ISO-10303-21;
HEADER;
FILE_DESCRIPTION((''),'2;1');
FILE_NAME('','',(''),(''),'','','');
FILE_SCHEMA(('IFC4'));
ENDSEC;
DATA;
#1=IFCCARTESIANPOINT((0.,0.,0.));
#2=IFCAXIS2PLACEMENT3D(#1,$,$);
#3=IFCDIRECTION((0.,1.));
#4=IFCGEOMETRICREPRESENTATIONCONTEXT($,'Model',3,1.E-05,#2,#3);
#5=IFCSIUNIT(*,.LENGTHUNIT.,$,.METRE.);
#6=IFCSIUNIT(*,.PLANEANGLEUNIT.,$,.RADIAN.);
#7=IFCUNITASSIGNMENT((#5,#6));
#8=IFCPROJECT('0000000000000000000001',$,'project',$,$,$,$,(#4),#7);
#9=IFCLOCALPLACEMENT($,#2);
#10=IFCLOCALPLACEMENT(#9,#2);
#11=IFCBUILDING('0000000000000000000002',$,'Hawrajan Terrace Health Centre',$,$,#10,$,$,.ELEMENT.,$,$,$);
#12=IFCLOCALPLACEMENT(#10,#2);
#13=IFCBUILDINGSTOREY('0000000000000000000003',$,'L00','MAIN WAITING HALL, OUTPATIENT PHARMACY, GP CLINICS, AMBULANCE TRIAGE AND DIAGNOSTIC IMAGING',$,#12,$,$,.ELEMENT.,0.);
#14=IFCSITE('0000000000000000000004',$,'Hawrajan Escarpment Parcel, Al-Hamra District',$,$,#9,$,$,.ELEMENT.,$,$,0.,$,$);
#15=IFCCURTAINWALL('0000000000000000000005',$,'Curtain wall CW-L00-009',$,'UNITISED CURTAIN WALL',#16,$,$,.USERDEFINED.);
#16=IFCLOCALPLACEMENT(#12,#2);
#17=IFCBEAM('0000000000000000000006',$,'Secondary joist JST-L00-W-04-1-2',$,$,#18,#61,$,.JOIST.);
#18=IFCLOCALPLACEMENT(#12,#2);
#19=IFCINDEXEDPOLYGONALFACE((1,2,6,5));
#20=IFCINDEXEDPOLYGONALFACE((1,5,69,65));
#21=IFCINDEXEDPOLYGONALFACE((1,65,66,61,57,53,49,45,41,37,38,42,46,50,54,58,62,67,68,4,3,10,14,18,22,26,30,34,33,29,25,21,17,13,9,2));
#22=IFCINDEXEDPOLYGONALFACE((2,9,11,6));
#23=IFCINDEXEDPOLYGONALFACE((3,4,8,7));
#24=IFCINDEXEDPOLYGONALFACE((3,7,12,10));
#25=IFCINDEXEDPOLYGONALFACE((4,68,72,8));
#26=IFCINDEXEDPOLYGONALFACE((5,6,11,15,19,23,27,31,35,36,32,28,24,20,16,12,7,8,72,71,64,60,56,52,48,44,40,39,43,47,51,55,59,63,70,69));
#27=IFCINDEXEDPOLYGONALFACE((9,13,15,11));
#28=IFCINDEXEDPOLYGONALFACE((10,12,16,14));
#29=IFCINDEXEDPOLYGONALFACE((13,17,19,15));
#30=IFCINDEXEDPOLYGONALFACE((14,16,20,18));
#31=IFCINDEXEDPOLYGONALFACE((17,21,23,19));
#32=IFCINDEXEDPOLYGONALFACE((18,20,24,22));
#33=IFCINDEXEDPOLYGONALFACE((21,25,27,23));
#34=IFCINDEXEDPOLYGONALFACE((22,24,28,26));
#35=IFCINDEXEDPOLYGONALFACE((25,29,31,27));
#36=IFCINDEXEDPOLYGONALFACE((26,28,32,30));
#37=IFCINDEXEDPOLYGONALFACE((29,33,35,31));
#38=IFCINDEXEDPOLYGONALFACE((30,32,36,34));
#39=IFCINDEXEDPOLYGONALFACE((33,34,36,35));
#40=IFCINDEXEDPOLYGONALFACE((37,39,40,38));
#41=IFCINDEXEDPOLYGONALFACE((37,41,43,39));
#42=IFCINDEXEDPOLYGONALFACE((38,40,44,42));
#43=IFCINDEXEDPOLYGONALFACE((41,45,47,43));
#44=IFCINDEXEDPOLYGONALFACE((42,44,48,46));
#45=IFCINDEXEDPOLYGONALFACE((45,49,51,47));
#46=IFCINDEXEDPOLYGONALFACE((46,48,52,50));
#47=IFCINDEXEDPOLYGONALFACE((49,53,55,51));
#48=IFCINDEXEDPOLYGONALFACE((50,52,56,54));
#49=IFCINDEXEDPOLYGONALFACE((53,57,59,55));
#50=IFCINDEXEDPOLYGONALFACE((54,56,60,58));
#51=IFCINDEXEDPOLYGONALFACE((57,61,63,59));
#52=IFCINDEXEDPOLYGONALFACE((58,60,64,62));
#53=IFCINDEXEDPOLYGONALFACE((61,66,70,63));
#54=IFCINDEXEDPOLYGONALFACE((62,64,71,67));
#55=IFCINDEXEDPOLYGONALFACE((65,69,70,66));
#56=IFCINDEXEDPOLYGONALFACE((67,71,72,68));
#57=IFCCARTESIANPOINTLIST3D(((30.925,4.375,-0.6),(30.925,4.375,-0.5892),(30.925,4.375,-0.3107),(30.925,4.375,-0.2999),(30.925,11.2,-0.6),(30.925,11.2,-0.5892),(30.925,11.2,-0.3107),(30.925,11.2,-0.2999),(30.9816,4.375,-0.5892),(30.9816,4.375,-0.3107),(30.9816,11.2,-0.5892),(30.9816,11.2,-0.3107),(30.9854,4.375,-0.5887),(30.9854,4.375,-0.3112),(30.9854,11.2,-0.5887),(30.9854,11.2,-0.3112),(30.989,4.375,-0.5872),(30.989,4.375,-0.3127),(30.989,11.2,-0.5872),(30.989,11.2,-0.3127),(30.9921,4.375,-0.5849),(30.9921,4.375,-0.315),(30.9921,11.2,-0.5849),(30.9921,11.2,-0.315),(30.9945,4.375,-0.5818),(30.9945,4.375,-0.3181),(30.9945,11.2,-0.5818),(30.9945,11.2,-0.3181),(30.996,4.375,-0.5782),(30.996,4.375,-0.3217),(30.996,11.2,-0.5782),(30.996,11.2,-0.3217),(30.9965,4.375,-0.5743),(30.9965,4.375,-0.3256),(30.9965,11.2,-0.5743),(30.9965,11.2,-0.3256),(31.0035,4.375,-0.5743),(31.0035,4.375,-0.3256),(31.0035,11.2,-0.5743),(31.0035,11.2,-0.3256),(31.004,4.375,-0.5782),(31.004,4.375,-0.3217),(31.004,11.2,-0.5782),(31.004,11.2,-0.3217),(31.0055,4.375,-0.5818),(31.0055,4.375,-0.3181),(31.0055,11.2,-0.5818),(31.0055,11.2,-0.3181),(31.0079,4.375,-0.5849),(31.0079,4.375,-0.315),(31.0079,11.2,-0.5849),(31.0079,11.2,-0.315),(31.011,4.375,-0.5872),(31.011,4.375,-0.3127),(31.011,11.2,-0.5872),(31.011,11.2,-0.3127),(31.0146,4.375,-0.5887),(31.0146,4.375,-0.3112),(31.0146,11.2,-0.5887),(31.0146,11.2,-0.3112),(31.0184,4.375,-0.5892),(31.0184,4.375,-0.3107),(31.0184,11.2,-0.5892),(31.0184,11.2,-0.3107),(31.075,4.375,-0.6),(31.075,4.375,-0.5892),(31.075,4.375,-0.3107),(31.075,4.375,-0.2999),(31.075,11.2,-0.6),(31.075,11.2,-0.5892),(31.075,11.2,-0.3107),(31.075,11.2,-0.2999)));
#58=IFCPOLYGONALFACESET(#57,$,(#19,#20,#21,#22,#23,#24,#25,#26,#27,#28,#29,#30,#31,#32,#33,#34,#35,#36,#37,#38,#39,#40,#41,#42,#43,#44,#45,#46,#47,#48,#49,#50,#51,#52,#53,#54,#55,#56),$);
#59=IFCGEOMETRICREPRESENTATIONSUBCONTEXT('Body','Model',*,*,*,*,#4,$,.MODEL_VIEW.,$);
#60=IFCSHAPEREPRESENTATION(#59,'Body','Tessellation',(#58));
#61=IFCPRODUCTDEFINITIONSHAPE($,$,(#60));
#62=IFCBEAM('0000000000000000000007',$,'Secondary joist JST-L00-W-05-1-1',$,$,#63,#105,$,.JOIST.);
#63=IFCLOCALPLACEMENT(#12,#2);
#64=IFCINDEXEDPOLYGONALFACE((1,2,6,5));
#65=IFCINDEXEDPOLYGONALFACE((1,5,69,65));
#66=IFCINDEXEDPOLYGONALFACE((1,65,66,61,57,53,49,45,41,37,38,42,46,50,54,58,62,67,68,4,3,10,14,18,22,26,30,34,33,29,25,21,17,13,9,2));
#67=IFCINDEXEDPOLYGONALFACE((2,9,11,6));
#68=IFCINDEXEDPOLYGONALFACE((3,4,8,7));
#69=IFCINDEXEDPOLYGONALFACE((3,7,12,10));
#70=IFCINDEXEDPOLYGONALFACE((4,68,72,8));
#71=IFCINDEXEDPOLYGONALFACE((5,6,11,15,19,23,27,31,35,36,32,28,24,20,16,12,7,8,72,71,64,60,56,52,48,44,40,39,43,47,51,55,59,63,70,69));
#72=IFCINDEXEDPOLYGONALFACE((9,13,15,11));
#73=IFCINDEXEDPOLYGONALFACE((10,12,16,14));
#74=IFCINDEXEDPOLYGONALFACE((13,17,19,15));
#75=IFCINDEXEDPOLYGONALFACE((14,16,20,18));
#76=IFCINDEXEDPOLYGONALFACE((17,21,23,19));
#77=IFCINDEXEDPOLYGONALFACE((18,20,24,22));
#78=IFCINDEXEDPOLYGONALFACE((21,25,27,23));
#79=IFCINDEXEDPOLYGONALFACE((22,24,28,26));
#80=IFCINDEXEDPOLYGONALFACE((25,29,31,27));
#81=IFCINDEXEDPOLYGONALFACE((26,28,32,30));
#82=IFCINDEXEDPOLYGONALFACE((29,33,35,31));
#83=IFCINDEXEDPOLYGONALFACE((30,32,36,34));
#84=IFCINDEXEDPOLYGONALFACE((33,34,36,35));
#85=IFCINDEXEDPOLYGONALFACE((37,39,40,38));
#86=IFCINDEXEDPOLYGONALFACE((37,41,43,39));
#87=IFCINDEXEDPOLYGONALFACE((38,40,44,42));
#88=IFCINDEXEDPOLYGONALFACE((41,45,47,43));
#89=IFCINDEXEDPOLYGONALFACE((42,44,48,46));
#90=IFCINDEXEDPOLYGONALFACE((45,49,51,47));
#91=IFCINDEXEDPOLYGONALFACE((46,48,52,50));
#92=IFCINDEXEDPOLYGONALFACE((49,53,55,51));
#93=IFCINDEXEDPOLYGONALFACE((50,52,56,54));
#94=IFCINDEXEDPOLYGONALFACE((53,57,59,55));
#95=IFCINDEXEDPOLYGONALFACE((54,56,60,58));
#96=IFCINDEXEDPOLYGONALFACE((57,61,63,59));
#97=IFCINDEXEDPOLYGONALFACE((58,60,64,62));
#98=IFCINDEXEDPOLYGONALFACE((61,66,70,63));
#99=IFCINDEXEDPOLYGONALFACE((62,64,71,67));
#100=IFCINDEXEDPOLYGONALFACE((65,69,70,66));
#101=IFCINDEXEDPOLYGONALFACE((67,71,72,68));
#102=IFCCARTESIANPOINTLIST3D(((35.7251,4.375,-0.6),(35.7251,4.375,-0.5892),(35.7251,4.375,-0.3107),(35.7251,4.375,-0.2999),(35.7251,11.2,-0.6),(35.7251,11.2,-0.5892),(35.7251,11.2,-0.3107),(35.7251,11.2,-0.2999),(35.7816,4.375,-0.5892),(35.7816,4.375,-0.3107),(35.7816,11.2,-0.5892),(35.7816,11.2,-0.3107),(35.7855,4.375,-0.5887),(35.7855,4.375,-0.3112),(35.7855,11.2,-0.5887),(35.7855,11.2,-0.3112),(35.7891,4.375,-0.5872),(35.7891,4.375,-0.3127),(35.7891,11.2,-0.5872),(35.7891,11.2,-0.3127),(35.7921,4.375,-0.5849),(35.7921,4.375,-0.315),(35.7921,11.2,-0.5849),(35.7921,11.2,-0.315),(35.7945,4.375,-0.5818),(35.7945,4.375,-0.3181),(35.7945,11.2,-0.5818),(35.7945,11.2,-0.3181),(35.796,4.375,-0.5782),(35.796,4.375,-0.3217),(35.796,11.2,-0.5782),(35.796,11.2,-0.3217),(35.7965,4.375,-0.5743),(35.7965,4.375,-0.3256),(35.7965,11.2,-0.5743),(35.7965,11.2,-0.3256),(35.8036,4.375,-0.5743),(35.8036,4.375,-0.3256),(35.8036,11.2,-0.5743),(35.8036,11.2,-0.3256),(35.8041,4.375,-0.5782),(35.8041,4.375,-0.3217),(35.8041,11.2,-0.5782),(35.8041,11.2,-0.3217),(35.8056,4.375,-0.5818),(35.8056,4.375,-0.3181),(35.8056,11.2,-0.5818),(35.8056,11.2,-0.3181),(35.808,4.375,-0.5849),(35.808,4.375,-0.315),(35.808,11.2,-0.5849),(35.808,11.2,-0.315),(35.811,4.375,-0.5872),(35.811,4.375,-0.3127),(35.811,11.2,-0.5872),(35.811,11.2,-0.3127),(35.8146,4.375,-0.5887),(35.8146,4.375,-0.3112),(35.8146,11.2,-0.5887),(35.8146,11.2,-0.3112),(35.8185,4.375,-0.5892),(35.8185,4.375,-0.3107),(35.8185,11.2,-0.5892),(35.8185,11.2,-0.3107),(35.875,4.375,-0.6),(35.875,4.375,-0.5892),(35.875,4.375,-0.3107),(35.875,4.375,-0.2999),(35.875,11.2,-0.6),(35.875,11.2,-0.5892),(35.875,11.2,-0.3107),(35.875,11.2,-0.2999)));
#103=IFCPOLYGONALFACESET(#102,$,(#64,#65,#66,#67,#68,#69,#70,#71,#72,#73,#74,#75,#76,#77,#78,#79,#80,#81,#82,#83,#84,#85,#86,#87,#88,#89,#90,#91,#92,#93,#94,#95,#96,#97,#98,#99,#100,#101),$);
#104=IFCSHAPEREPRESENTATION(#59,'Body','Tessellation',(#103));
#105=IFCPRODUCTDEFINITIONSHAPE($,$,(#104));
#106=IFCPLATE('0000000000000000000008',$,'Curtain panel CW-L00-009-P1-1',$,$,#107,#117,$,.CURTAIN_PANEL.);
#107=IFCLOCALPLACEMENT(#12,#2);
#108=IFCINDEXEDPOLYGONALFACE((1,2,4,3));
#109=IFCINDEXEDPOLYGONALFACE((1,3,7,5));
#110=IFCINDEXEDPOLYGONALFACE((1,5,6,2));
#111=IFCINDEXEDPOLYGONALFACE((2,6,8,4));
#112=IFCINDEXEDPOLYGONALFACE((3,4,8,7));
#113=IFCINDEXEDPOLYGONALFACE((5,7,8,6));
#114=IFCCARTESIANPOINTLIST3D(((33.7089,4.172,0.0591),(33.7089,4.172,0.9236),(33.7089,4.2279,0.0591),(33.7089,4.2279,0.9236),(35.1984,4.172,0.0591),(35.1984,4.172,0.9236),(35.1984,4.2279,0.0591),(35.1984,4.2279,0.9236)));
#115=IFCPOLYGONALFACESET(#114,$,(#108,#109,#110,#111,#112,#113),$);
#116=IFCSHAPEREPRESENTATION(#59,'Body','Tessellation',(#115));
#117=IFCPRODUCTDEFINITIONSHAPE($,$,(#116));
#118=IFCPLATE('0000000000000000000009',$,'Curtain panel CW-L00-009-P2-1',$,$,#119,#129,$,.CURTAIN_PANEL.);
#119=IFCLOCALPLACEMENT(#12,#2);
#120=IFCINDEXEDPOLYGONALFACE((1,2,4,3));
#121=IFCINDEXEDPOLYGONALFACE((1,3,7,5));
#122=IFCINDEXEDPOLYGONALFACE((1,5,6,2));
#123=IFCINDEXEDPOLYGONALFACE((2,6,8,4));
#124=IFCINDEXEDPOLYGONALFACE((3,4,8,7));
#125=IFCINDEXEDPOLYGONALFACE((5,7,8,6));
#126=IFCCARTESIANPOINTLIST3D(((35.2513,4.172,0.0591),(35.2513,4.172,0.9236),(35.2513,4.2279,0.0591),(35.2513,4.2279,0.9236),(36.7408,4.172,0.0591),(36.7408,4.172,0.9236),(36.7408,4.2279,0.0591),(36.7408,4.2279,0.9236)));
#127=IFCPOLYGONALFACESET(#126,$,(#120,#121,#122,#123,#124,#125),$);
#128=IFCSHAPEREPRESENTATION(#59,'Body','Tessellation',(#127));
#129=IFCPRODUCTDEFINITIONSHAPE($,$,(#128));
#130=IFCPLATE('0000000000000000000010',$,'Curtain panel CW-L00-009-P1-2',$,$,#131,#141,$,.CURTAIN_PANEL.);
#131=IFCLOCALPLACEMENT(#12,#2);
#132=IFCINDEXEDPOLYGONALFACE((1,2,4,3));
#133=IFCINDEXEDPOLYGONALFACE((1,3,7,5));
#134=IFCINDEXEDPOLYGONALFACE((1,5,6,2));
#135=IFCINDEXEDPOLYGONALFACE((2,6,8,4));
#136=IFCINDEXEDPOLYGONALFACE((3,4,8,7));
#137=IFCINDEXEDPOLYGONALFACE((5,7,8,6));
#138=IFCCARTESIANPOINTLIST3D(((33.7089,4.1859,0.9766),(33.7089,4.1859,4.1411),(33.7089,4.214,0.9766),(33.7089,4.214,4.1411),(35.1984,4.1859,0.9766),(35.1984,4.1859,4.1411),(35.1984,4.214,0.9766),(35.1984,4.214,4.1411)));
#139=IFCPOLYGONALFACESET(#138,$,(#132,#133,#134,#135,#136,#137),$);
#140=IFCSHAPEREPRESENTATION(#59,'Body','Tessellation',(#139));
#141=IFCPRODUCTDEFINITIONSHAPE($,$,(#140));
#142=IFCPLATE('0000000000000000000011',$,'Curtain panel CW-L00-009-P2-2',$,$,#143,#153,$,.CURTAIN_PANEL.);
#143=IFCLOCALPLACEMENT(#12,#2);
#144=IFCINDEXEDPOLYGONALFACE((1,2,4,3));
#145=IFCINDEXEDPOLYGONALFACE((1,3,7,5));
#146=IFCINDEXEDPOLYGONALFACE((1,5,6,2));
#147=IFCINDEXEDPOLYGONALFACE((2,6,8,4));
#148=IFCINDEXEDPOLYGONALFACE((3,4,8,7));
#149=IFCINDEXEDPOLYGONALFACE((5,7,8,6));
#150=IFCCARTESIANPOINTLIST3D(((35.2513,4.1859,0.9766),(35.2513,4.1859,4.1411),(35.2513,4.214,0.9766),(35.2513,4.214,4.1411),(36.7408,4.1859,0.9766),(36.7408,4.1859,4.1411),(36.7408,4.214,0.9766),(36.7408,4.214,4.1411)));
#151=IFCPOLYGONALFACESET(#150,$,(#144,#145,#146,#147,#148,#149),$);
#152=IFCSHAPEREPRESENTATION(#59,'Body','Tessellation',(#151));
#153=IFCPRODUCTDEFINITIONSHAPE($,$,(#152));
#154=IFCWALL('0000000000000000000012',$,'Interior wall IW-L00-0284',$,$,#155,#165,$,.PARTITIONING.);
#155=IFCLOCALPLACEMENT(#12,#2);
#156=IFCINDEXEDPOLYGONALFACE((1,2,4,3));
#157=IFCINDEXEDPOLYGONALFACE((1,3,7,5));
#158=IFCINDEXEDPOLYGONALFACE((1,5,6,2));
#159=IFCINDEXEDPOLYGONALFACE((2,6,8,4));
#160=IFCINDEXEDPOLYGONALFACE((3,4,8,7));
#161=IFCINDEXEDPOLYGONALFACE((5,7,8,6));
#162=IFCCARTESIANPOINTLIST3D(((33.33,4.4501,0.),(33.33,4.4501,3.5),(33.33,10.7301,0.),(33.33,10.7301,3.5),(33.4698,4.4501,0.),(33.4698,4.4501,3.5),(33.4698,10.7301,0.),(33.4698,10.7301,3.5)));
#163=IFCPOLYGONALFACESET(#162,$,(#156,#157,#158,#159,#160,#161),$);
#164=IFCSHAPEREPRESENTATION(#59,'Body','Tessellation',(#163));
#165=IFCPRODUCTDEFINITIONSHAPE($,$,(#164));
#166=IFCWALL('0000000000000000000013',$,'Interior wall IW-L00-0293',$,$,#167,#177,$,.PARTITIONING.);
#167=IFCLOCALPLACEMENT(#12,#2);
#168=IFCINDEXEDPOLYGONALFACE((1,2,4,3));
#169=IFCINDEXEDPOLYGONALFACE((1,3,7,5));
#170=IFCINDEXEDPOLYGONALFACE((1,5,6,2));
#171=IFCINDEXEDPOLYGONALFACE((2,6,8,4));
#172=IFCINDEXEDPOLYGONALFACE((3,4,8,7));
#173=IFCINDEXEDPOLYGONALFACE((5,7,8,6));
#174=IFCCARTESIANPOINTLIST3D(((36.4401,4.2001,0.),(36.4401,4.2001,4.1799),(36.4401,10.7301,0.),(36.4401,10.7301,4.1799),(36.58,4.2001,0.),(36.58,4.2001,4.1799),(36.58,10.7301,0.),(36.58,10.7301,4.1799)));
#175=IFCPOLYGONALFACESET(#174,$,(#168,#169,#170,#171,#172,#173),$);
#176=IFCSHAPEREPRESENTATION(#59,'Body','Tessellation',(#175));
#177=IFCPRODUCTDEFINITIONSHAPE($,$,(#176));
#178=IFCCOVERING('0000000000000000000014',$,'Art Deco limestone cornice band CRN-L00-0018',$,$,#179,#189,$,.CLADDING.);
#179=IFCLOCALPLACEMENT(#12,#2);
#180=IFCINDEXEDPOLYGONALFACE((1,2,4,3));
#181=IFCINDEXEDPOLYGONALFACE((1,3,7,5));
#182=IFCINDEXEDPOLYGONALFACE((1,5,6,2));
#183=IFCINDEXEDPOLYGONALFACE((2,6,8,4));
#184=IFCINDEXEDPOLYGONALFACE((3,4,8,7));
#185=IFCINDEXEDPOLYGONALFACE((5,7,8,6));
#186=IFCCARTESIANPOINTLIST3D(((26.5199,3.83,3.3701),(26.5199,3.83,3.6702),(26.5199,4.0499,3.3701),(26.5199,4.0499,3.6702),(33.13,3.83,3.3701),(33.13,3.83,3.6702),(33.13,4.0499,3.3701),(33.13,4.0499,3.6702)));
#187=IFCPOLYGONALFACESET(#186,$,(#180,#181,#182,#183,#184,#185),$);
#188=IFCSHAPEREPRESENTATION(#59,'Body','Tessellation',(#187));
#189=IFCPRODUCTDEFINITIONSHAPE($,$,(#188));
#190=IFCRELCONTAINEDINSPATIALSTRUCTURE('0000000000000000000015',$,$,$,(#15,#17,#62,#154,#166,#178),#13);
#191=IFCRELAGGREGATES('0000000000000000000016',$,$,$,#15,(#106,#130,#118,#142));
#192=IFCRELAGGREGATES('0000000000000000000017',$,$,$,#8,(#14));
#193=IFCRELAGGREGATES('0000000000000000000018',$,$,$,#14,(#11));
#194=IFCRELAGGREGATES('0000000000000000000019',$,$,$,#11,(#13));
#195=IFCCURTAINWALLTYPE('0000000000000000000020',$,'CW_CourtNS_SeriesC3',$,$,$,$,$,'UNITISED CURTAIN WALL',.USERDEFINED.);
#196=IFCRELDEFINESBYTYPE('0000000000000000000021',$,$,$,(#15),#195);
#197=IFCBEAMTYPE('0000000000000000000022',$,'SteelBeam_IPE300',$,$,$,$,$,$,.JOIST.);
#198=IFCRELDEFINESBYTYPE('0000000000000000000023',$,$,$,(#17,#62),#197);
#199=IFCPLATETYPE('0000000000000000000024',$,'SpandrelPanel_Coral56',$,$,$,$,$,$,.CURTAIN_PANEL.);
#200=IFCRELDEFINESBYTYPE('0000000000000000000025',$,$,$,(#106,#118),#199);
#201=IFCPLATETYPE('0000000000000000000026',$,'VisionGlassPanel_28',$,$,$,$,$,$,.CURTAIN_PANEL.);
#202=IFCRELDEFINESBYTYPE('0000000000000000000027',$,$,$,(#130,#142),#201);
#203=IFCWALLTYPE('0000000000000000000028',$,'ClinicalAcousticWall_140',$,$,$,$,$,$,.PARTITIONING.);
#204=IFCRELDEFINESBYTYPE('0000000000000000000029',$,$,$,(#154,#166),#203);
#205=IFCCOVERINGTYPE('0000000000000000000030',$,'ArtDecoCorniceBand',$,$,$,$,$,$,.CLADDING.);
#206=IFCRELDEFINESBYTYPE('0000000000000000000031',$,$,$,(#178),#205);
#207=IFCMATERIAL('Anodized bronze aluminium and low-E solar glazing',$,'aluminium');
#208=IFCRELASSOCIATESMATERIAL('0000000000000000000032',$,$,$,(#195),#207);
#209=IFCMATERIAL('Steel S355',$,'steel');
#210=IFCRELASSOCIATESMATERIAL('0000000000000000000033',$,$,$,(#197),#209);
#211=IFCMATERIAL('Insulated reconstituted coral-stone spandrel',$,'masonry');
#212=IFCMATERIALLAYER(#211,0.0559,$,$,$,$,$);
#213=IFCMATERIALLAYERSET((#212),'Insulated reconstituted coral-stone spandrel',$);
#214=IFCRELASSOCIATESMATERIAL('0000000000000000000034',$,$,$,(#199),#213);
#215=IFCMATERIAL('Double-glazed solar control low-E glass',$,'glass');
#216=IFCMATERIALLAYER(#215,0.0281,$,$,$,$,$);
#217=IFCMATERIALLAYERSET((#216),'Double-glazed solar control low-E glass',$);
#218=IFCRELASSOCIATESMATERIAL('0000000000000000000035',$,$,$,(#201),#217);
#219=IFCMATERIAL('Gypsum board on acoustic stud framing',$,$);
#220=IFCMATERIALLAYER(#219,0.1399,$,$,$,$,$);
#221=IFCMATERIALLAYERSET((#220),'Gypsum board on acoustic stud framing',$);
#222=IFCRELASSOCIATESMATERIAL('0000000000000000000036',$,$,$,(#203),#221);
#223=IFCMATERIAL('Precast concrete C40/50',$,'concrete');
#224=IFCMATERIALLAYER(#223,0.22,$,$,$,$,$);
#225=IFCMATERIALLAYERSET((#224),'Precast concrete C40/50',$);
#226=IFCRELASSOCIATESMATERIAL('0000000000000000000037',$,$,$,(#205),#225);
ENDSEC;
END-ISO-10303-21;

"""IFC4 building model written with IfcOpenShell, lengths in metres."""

from ifc_helpers import new_model, si_unit, direction, frame, frame_2d, origin, origin_2d, place, context, subcontext, project, spatial, rectangle, i_section, extrude, material, layer, layer_set, material_profile, profile_set, type_object, element, aggregate, save


model = new_model("IFC4")

# Units and contexts
model_context = context("Model", 3, precision=1e-05, world=origin(), true_north=direction((0.0, 1.0)))
body_context = subcontext(model_context, "Body", "Model", "MODEL_VIEW")
ifc_project = project(units=[si_unit("LENGTHUNIT", "METRE"), si_unit("PLANEANGLEUNIT", "RADIAN")], contexts=[model_context])

# Site, building, storey
site_placement = place(None, origin())
site = spatial("IfcSite", under=ifc_project, at=site_placement, Name="Hawrajan Escarpment Parcel, Al-Hamra District", CompositionType="ELEMENT", RefElevation=0.0)
building_placement = place(site_placement, origin())
building = spatial("IfcBuilding", under=site, at=building_placement, Name="Hawrajan Terrace Health Centre", CompositionType="ELEMENT")
storey_placement = place(building_placement, origin())
storey = spatial("IfcBuildingStorey", under=building, at=storey_placement, Name="L00", Description="MAIN WAITING HALL, OUTPATIENT PHARMACY, GP CLINICS, AMBULANCE TRIAGE AND DIAGNOSTIC IMAGING", CompositionType="ELEMENT", Elevation=0.0)

# Curtain wall
ifc_material_1 = material(Name="Anodized bronze aluminium and low-E solar glazing", Category="aluminium")
curtain_wall_type = type_object("IfcCurtainWallType", Name="CW_CourtNS_SeriesC3", ElementType="UNITISED CURTAIN WALL", PredefinedType="USERDEFINED", material=ifc_material_1)
curtain_wall_placement = place(storey_placement, origin())
curtain_wall = element("IfcCurtainWall", 1, at=curtain_wall_placement, inside=storey, type_object=curtain_wall_type, Name="Curtain wall CW-L00-009", ObjectType="UNITISED CURTAIN WALL", PredefinedType="USERDEFINED")

# Beams
ifc_material_2 = material(Name="Steel S355", Category="steel")
ifc_material_profile_1 = material_profile(ifc_material_2, i_section(OverallWidth=0.1499, OverallDepth=0.3, WebThickness=0.0071, FlangeThickness=0.0107, FilletRadius=0.0149, at=origin_2d()), Name="IPE 300")
ifc_profile_set_1 = profile_set([ifc_material_profile_1], Name="Steel S355")
beam_type_1 = type_object("IfcBeamType", Name="SteelBeam_IPE300", PredefinedType="JOIST", material=ifc_profile_set_1)
for number, where, z_axis, x_axis, name in (
    (2, (31.0, 4.375, -0.45), (0.0, 1.0, 0.0), (-1.0, 0.0, 0.0), "Secondary joist JST-L00-W-04-1-2"),
    (3, (35.8, 4.375, -0.45), (0.0, 1.0, 0.0), (-1.0, 0.0, 0.0), "Secondary joist JST-L00-W-05-1-1"),
):
    element("IfcBeam", number, at=place(storey_placement, frame(where, z_axis=z_axis, x_axis=x_axis)), inside=storey, type_object=beam_type_1, Name=name, PredefinedType="JOIST", context=body_context, shape_type="SweptSolid", body=[
        extrude(i_section(OverallWidth=0.1499, OverallDepth=0.3, WebThickness=0.0071, FlangeThickness=0.0107, FilletRadius=0.0149, at=origin_2d()), origin(), (0.0, 0.0, 1.0), 6.825),
    ])

# Plates
ifc_material_3 = material(Name="Insulated reconstituted coral-stone spandrel", Category="masonry")
ifc_layer_1 = layer(ifc_material_3, 0.0559)
ifc_layer_set_1 = layer_set([ifc_layer_1], Name="Insulated reconstituted coral-stone spandrel")
plate_type_1 = type_object("IfcPlateType", Name="SpandrelPanel_Coral56", PredefinedType="CURTAIN_PANEL", material=ifc_layer_set_1)
plate_1_placement = place(storey_placement, frame((34.4536, 4.2, 0.0591), z_axis=(0.0, 0.0, 1.0), x_axis=(1.0, 0.0, 0.0)))
plate_1 = element("IfcPlate", 4, at=plate_1_placement, type_object=plate_type_1, Name="Curtain panel CW-L00-009-P1-1", PredefinedType="CURTAIN_PANEL", context=body_context, shape_type="SweptSolid", body=[
    extrude(rectangle(XDim=1.4895, YDim=0.0559, at=origin_2d()), origin(), (0.0, 0.0, 1.0), 0.8645),
])
plate_2_placement = place(storey_placement, frame((35.9961, 4.2, 0.0591), z_axis=(0.0, 0.0, 1.0), x_axis=(1.0, 0.0, 0.0)))
plate_2 = element("IfcPlate", 5, at=plate_2_placement, type_object=plate_type_1, Name="Curtain panel CW-L00-009-P2-1", PredefinedType="CURTAIN_PANEL", context=body_context, shape_type="SweptSolid", body=[
    extrude(rectangle(XDim=1.4895, YDim=0.0559, at=origin_2d()), origin(), (0.0, 0.0, 1.0), 0.8645),
])
ifc_material_4 = material(Name="Double-glazed solar control low-E glass", Category="glass")
ifc_layer_2 = layer(ifc_material_4, 0.0281)
ifc_layer_set_2 = layer_set([ifc_layer_2], Name="Double-glazed solar control low-E glass")
plate_type_2 = type_object("IfcPlateType", Name="VisionGlassPanel_28", PredefinedType="CURTAIN_PANEL", material=ifc_layer_set_2)
plate_3_placement = place(storey_placement, frame((34.4536, 4.2, 0.9766), z_axis=(0.0, 0.0, 1.0), x_axis=(1.0, 0.0, 0.0)))
plate_3 = element("IfcPlate", 6, at=plate_3_placement, type_object=plate_type_2, Name="Curtain panel CW-L00-009-P1-2", PredefinedType="CURTAIN_PANEL", context=body_context, shape_type="SweptSolid", body=[
    extrude(rectangle(XDim=1.4895, YDim=0.0281, at=origin_2d()), origin(), (0.0, 0.0, 1.0), 3.1646),
])
plate_4_placement = place(storey_placement, frame((35.9961, 4.2, 0.9766), z_axis=(0.0, 0.0, 1.0), x_axis=(1.0, 0.0, 0.0)))
plate_4 = element("IfcPlate", 7, at=plate_4_placement, type_object=plate_type_2, Name="Curtain panel CW-L00-009-P2-2", PredefinedType="CURTAIN_PANEL", context=body_context, shape_type="SweptSolid", body=[
    extrude(rectangle(XDim=1.4895, YDim=0.0281, at=origin_2d()), origin(), (0.0, 0.0, 1.0), 3.1646),
])
aggregate(curtain_wall, [plate_1, plate_3, plate_2, plate_4])

# Wall
ifc_material_5 = material(Name="Gypsum board on acoustic stud framing")
ifc_layer_3 = layer(ifc_material_5, 0.1399)
ifc_layer_set_3 = layer_set([ifc_layer_3], Name="Gypsum board on acoustic stud framing")
wall_type = type_object("IfcWallType", Name="ClinicalAcousticWall_140", PredefinedType="PARTITIONING", material=ifc_layer_set_3)
wall_1_placement = place(storey_placement, frame((33.3999, 4.45, 0.0), z_axis=(0.0, 0.0, 1.0), x_axis=(0.0, 1.0, 0.0)))
element("IfcWall", 8, at=wall_1_placement, inside=storey, type_object=wall_type, Name="Interior wall IW-L00-0284", PredefinedType="PARTITIONING", context=body_context, shape_type="SweptSolid", body=[
    extrude(rectangle(XDim=6.28, YDim=0.1399, at=frame_2d((3.1401, 0.0))), origin(), (0.0, 0.0, 1.0), 3.5),
])

# Wall
wall_2_placement = place(storey_placement, frame((36.51, 4.2, 0.0), z_axis=(0.0, 0.0, 1.0), x_axis=(0.0, 1.0, 0.0)))
element("IfcWall", 9, at=wall_2_placement, inside=storey, type_object=wall_type, Name="Interior wall IW-L00-0293", PredefinedType="PARTITIONING", context=body_context, shape_type="SweptSolid", body=[
    extrude(rectangle(XDim=6.53, YDim=0.1399, at=frame_2d((3.2651, 0.0))), origin(), (0.0, 0.0, 1.0), 4.1799),
])

# Covering
ifc_material_6 = material(Name="Precast concrete C40/50", Category="concrete")
ifc_layer_4 = layer(ifc_material_6, 0.22)
ifc_layer_set_4 = layer_set([ifc_layer_4], Name="Precast concrete C40/50")
covering_type_1 = type_object("IfcCoveringType", Name="ArtDecoCorniceBand", PredefinedType="CLADDING", material=ifc_layer_set_4)
covering_1_placement = place(storey_placement, frame((29.825, 3.9399, 3.3701), z_axis=(0.0, 0.0, 1.0), x_axis=(1.0, 0.0, 0.0)))
element("IfcCovering", 10, at=covering_1_placement, inside=storey, type_object=covering_type_1, Name="Art Deco limestone cornice band CRN-L00-0018", PredefinedType="CLADDING", context=body_context, shape_type="SweptSolid", body=[
    extrude(rectangle(XDim=6.6101, YDim=0.22, at=origin_2d()), origin(), (0.0, 0.0, 1.0), 0.3),
])

save(model, "model.ifc")
